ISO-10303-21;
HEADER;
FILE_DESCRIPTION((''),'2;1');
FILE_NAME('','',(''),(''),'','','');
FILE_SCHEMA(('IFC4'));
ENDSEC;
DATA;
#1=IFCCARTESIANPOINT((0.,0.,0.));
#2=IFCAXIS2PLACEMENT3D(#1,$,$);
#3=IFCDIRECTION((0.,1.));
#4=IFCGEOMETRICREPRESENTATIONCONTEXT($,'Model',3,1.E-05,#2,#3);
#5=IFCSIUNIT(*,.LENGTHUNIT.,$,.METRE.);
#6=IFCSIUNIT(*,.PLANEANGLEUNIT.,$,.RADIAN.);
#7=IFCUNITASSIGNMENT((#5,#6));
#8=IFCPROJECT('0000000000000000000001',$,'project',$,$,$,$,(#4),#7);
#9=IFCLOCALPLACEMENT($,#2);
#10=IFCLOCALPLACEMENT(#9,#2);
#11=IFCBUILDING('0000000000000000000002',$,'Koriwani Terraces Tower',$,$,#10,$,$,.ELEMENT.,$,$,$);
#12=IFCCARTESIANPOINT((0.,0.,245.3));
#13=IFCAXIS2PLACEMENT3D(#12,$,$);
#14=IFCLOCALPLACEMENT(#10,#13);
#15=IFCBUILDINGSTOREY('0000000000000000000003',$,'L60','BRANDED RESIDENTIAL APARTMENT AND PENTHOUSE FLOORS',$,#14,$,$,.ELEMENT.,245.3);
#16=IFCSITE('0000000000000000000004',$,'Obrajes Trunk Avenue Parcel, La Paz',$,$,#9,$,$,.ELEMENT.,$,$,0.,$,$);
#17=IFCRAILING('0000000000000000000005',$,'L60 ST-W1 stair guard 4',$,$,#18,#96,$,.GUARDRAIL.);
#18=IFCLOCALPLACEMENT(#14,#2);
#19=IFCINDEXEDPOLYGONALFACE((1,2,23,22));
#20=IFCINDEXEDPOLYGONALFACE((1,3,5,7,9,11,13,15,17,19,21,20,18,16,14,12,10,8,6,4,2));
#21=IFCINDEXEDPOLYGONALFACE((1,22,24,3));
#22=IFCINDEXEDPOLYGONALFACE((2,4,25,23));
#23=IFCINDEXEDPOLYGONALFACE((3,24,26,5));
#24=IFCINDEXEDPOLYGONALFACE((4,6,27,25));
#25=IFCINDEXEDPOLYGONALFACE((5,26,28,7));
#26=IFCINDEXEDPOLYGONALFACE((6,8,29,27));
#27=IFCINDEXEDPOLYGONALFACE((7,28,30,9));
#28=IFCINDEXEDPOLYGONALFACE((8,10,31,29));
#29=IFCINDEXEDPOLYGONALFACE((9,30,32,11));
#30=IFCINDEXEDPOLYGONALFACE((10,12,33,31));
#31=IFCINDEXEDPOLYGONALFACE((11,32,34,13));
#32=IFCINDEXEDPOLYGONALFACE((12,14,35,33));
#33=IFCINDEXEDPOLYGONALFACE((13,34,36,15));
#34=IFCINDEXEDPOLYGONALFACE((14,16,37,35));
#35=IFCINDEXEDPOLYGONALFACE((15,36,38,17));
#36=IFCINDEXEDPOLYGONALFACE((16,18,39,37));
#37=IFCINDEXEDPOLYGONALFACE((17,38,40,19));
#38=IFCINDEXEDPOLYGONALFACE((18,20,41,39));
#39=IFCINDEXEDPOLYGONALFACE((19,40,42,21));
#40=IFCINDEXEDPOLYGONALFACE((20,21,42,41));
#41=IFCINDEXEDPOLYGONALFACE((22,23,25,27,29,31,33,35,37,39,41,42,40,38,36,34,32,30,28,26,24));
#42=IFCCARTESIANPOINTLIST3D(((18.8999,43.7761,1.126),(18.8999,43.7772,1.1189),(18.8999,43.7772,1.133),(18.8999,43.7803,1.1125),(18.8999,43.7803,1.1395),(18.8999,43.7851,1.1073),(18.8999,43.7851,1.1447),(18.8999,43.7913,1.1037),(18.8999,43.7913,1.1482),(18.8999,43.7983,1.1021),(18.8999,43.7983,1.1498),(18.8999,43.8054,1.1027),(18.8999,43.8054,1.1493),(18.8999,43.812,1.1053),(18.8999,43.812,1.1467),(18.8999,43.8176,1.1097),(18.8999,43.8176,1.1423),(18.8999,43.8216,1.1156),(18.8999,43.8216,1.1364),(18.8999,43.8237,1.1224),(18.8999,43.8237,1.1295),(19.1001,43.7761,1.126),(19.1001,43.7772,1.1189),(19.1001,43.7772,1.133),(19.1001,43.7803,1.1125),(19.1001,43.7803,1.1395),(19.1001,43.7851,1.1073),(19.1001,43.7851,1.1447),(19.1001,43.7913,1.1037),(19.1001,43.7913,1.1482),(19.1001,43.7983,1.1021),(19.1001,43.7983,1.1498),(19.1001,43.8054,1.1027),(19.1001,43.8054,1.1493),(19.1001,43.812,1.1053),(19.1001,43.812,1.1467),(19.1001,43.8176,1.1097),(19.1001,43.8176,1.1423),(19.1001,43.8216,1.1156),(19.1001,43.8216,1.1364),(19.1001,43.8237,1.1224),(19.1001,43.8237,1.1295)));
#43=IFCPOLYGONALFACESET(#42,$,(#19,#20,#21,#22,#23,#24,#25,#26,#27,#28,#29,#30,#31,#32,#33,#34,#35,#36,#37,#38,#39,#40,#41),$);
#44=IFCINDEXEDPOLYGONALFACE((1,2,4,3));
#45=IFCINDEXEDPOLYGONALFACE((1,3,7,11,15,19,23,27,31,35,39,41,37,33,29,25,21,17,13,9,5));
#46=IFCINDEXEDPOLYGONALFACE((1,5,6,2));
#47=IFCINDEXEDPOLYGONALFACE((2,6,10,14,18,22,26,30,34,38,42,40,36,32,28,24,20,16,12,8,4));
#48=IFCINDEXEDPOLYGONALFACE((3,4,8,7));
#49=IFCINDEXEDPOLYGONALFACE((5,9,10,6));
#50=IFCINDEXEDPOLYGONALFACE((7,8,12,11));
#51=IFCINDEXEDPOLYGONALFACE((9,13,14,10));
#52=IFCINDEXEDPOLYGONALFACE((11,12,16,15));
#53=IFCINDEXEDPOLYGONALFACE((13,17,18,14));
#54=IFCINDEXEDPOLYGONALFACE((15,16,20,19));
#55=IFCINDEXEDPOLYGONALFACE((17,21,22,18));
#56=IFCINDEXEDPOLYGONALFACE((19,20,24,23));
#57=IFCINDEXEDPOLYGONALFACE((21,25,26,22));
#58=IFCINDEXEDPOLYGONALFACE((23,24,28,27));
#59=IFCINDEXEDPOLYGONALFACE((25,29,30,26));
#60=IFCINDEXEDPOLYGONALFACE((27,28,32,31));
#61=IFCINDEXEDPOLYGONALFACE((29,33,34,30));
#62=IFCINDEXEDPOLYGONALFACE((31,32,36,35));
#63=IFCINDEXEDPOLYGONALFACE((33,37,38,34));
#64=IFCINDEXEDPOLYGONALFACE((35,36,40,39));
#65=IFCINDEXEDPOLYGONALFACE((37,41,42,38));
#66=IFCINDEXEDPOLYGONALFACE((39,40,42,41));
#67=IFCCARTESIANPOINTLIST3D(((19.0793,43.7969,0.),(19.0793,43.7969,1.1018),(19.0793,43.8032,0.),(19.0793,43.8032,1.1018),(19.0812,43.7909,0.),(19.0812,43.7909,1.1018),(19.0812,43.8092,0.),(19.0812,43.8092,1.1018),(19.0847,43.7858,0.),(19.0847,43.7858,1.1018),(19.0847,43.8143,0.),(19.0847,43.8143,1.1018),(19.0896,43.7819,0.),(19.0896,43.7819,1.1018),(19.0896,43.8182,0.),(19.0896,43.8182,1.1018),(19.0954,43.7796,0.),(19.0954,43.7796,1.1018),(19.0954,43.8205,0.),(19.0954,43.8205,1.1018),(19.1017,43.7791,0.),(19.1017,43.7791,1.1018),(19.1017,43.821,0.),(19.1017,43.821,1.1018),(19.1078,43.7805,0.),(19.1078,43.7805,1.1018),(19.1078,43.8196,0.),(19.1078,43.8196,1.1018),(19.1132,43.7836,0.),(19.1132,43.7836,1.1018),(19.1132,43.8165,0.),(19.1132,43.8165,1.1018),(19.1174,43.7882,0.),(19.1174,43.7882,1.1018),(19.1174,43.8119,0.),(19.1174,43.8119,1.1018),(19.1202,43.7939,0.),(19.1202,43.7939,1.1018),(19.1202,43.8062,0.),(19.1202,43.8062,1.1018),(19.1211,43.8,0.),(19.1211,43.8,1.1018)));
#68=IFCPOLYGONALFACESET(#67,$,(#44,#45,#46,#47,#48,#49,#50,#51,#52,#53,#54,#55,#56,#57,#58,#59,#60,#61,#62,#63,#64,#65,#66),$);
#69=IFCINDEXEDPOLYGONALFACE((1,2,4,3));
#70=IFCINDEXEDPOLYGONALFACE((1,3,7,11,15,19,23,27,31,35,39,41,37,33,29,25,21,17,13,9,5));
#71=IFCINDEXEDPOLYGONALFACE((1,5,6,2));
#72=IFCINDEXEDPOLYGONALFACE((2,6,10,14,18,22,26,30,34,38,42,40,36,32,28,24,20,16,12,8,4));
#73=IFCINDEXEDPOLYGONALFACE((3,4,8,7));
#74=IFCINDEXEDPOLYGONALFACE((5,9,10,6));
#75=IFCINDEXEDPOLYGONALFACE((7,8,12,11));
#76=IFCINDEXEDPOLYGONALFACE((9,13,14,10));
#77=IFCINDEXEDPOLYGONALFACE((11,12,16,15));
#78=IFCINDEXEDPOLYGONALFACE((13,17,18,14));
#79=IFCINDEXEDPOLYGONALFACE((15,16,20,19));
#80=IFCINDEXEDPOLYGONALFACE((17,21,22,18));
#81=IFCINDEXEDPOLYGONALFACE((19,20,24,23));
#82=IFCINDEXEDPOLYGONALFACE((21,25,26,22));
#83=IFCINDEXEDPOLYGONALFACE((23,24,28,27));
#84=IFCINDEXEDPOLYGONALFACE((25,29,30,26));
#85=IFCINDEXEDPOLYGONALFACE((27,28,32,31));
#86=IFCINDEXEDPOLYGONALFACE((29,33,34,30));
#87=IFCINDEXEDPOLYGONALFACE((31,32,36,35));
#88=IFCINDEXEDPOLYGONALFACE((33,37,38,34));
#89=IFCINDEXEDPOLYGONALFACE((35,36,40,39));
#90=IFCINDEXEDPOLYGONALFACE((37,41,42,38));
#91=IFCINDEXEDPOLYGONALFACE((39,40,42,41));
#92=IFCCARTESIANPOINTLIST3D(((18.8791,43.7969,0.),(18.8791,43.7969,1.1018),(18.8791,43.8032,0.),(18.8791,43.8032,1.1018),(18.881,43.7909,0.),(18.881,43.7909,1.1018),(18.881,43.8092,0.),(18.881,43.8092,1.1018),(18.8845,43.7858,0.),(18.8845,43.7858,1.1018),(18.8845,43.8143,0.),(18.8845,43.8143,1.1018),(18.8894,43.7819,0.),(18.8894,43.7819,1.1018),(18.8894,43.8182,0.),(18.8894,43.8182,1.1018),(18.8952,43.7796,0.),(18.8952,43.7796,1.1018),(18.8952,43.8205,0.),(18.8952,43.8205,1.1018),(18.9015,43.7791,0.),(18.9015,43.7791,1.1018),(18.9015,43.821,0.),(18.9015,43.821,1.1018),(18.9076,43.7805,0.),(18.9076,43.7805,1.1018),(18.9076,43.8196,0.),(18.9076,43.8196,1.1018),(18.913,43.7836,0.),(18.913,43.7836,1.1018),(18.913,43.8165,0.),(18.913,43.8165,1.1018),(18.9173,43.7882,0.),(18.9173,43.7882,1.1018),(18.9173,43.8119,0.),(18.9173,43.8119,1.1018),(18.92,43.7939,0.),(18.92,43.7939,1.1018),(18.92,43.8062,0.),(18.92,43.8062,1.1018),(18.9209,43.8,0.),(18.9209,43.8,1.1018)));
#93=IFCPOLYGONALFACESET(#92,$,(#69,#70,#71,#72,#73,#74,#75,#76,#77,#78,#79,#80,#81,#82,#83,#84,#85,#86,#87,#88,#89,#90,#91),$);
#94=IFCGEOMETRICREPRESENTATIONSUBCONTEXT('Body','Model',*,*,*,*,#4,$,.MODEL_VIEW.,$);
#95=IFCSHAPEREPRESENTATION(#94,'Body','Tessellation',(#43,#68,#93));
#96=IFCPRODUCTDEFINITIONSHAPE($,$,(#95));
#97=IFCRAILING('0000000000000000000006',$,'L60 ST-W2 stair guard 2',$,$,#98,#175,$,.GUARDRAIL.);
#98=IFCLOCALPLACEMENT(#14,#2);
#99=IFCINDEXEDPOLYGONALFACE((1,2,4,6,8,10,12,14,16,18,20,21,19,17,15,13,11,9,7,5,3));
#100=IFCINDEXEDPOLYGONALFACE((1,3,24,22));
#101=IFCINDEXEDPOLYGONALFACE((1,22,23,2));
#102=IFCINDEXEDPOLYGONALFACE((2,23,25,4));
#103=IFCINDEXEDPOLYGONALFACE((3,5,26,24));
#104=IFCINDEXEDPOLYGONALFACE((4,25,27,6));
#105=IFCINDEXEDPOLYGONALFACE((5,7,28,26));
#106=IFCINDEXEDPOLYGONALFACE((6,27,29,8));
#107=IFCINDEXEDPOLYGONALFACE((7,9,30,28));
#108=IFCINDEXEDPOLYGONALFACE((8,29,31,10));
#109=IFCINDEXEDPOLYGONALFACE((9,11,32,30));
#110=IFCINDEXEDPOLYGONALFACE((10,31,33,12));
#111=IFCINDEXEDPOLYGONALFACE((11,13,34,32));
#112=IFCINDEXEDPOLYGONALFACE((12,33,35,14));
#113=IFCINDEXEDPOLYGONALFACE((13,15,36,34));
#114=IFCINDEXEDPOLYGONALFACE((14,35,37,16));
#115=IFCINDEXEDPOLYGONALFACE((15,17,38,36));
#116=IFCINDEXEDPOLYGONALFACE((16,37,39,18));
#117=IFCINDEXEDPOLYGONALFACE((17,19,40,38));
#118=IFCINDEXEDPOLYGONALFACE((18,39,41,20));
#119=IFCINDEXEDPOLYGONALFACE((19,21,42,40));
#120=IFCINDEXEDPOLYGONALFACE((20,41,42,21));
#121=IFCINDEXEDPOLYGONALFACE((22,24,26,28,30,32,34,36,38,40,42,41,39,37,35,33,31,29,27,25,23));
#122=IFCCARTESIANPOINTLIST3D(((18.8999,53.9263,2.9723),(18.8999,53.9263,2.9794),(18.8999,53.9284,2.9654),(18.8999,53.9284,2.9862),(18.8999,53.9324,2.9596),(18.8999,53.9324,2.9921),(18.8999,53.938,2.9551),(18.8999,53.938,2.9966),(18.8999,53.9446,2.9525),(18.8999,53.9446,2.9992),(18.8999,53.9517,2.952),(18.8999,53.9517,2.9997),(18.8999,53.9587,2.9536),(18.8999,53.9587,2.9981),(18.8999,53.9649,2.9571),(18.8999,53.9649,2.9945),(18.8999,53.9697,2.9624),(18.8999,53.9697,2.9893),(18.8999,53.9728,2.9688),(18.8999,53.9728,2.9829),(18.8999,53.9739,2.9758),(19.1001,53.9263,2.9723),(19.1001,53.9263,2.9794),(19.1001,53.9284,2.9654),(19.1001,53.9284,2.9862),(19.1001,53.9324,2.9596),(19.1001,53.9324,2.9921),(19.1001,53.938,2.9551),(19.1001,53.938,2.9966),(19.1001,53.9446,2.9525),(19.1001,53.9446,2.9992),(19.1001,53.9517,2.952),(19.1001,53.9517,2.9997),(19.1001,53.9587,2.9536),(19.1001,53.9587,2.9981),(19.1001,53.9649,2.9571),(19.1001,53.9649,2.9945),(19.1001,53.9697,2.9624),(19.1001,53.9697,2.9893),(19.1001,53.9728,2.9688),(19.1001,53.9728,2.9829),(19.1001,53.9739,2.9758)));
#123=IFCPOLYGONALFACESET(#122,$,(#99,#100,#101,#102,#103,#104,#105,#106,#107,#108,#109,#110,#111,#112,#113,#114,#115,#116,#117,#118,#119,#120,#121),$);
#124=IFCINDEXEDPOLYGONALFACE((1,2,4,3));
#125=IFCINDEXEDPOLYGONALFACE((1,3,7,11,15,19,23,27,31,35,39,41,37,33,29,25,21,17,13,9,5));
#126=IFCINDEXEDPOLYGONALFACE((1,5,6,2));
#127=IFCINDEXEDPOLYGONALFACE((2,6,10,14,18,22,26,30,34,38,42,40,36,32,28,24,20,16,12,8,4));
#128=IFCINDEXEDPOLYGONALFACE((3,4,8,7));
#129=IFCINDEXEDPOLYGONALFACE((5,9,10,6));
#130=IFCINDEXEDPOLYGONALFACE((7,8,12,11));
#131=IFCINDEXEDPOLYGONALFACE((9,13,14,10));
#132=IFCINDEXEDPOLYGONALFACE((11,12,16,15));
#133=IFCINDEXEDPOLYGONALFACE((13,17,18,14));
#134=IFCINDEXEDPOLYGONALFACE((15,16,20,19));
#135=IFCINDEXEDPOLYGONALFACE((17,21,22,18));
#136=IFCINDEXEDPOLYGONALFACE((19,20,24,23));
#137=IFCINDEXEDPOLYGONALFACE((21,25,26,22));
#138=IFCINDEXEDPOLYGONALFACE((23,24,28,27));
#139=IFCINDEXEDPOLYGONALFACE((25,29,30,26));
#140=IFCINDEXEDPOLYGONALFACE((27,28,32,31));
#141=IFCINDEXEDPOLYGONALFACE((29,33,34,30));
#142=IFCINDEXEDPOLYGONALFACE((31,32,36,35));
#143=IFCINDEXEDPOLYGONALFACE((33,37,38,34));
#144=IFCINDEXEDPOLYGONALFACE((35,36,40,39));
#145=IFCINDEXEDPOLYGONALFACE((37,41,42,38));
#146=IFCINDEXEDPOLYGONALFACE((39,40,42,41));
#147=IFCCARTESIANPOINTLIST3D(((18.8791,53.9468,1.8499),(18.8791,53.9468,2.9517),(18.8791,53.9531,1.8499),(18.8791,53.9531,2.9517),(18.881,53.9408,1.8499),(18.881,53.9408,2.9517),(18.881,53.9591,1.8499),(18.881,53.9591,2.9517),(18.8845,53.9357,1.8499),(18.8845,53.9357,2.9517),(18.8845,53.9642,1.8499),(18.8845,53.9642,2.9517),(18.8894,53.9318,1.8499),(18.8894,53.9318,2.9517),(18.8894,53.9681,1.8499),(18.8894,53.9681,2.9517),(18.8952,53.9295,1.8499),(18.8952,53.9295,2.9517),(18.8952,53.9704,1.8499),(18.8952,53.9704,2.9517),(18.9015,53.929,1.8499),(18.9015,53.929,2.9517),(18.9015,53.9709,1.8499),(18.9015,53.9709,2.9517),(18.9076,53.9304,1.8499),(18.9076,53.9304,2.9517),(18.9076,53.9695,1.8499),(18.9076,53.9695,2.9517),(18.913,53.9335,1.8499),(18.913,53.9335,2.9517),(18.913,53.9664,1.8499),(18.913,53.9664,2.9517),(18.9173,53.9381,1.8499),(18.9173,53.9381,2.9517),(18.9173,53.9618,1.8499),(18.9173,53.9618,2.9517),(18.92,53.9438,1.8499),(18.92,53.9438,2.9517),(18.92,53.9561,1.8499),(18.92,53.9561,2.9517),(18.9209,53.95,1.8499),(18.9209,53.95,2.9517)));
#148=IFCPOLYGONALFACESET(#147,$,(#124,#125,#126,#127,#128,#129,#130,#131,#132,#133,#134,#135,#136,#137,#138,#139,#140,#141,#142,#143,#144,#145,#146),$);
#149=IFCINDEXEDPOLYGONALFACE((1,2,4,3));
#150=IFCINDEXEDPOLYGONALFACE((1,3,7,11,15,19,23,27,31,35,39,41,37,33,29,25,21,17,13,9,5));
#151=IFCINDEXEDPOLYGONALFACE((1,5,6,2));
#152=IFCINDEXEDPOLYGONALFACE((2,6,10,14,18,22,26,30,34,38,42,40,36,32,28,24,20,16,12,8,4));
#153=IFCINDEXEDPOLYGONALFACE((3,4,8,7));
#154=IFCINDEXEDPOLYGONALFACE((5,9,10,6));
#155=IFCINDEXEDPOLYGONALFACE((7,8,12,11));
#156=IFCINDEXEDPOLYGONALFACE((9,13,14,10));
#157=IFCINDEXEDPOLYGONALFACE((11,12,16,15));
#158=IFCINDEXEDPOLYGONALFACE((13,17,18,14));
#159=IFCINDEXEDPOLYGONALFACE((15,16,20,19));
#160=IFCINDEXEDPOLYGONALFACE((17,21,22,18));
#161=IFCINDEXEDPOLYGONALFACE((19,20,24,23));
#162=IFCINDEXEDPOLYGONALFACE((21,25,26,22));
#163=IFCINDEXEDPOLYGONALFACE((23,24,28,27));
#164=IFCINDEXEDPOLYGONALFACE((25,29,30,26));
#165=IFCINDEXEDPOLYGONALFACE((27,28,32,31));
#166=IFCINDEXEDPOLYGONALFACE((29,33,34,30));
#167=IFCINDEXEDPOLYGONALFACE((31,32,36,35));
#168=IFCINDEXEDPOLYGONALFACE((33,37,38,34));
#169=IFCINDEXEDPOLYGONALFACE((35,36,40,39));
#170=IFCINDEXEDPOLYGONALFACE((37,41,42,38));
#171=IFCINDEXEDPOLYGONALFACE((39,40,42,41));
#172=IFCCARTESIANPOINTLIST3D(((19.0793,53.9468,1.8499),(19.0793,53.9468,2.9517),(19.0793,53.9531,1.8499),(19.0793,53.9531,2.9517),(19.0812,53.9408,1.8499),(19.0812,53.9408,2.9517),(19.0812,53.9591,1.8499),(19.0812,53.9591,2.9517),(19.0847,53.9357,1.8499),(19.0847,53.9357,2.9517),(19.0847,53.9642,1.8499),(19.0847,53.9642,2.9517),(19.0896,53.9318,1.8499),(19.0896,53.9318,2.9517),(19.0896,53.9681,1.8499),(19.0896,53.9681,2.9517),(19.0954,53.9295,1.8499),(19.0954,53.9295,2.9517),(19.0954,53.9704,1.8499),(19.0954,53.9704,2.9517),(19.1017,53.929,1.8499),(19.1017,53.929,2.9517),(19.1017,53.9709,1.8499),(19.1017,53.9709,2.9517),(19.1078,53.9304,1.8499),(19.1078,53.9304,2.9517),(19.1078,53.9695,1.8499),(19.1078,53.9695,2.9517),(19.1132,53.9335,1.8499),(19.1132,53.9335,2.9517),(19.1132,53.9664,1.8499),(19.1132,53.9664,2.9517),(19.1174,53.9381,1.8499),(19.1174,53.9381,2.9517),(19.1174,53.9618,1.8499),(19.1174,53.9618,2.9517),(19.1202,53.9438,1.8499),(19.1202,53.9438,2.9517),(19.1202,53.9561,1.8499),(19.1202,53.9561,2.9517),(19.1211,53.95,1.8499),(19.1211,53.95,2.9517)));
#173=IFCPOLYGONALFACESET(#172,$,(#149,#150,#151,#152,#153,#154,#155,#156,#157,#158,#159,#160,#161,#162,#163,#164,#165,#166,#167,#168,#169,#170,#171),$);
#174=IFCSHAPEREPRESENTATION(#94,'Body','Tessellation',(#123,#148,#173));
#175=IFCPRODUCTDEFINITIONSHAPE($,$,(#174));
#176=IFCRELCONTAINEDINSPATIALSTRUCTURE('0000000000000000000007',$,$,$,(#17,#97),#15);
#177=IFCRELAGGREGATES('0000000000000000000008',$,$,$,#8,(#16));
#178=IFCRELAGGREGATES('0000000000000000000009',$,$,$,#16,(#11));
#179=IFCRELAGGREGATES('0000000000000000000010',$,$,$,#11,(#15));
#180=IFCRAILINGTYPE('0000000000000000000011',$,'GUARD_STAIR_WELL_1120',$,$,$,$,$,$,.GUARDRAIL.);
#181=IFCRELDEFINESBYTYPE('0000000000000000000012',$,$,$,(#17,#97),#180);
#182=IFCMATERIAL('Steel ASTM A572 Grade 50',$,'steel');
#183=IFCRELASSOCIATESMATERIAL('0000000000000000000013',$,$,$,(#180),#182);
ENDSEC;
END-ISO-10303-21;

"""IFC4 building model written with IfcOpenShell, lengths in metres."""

from ifc_helpers import new_model, si_unit, direction, frame, origin, origin_2d, place, context, subcontext, project, spatial, circle, extrude, material, type_object, element, save


model = new_model("IFC4")

# Units and contexts
model_context = context("Model", 3, precision=1e-05, world=origin(), true_north=direction((0.0, 1.0)))
body_context = subcontext(model_context, "Body", "Model", "MODEL_VIEW")
ifc_project = project(units=[si_unit("LENGTHUNIT", "METRE"), si_unit("PLANEANGLEUNIT", "RADIAN")], contexts=[model_context])

# Site, building, storey
site_placement = place(None, origin())
site = spatial("IfcSite", under=ifc_project, at=site_placement, Name="Obrajes Trunk Avenue Parcel, La Paz", CompositionType="ELEMENT", RefElevation=0.0)
building_placement = place(site_placement, origin())
building = spatial("IfcBuilding", under=site, at=building_placement, Name="Koriwani Terraces Tower", CompositionType="ELEMENT")
storey_placement = place(building_placement, frame((0.0, 0.0, 245.3)))
storey = spatial("IfcBuildingStorey", under=building, at=storey_placement, Name="L60", Description="BRANDED RESIDENTIAL APARTMENT AND PENTHOUSE FLOORS", CompositionType="ELEMENT", Elevation=245.3)

# Railings
ifc_material_1 = material(Name="Steel ASTM A572 Grade 50", Category="steel")
railing_type_1 = type_object("IfcRailingType", Name="GUARD_STAIR_WELL_1120", PredefinedType="GUARDRAIL", material=ifc_material_1)
railing_1_placement = place(storey_placement, frame((19.1001, 43.8, 0.0)))
element("IfcRailing", 1, at=railing_1_placement, inside=storey, type_object=railing_type_1, Name="L60 ST-W1 stair guard 4", PredefinedType="GUARDRAIL", context=body_context, shape_type="SweptSolid", body=[
    extrude(circle(Radius=0.0239, at=origin_2d()), frame((0.0, 0.0, 1.126), z_axis=(-1.0, 0.0, 0.0), x_axis=(0.0, -1.0, 0.0)), (0.0, 0.0, 1.0), 0.2002),
    extrude(circle(Radius=0.021, at=origin_2d()), origin(), (0.0, 0.0, 1.0), 1.1018),
    extrude(circle(Radius=0.021, at=origin_2d()), frame((-0.2002, 0.0, 0.0)), (0.0, 0.0, 1.0), 1.1018),
])
railing_2_placement = place(storey_placement, frame((18.8999, 53.95, 1.8499)))
element("IfcRailing", 2, at=railing_2_placement, inside=storey, type_object=railing_type_1, Name="L60 ST-W2 stair guard 2", PredefinedType="GUARDRAIL", context=body_context, shape_type="SweptSolid", body=[
    extrude(circle(Radius=0.0239, at=origin_2d()), frame((0.0, 0.0, 1.126), z_axis=(1.0, 0.0, 0.0), x_axis=(0.0, 1.0, 0.0)), (0.0, 0.0, 1.0), 0.2002),
    extrude(circle(Radius=0.021, at=origin_2d()), origin(), (0.0, 0.0, 1.0), 1.1018),
    extrude(circle(Radius=0.021, at=origin_2d()), frame((0.2002, 0.0, 0.0)), (0.0, 0.0, 1.0), 1.1018),
])

save(model, "model.ifc")
